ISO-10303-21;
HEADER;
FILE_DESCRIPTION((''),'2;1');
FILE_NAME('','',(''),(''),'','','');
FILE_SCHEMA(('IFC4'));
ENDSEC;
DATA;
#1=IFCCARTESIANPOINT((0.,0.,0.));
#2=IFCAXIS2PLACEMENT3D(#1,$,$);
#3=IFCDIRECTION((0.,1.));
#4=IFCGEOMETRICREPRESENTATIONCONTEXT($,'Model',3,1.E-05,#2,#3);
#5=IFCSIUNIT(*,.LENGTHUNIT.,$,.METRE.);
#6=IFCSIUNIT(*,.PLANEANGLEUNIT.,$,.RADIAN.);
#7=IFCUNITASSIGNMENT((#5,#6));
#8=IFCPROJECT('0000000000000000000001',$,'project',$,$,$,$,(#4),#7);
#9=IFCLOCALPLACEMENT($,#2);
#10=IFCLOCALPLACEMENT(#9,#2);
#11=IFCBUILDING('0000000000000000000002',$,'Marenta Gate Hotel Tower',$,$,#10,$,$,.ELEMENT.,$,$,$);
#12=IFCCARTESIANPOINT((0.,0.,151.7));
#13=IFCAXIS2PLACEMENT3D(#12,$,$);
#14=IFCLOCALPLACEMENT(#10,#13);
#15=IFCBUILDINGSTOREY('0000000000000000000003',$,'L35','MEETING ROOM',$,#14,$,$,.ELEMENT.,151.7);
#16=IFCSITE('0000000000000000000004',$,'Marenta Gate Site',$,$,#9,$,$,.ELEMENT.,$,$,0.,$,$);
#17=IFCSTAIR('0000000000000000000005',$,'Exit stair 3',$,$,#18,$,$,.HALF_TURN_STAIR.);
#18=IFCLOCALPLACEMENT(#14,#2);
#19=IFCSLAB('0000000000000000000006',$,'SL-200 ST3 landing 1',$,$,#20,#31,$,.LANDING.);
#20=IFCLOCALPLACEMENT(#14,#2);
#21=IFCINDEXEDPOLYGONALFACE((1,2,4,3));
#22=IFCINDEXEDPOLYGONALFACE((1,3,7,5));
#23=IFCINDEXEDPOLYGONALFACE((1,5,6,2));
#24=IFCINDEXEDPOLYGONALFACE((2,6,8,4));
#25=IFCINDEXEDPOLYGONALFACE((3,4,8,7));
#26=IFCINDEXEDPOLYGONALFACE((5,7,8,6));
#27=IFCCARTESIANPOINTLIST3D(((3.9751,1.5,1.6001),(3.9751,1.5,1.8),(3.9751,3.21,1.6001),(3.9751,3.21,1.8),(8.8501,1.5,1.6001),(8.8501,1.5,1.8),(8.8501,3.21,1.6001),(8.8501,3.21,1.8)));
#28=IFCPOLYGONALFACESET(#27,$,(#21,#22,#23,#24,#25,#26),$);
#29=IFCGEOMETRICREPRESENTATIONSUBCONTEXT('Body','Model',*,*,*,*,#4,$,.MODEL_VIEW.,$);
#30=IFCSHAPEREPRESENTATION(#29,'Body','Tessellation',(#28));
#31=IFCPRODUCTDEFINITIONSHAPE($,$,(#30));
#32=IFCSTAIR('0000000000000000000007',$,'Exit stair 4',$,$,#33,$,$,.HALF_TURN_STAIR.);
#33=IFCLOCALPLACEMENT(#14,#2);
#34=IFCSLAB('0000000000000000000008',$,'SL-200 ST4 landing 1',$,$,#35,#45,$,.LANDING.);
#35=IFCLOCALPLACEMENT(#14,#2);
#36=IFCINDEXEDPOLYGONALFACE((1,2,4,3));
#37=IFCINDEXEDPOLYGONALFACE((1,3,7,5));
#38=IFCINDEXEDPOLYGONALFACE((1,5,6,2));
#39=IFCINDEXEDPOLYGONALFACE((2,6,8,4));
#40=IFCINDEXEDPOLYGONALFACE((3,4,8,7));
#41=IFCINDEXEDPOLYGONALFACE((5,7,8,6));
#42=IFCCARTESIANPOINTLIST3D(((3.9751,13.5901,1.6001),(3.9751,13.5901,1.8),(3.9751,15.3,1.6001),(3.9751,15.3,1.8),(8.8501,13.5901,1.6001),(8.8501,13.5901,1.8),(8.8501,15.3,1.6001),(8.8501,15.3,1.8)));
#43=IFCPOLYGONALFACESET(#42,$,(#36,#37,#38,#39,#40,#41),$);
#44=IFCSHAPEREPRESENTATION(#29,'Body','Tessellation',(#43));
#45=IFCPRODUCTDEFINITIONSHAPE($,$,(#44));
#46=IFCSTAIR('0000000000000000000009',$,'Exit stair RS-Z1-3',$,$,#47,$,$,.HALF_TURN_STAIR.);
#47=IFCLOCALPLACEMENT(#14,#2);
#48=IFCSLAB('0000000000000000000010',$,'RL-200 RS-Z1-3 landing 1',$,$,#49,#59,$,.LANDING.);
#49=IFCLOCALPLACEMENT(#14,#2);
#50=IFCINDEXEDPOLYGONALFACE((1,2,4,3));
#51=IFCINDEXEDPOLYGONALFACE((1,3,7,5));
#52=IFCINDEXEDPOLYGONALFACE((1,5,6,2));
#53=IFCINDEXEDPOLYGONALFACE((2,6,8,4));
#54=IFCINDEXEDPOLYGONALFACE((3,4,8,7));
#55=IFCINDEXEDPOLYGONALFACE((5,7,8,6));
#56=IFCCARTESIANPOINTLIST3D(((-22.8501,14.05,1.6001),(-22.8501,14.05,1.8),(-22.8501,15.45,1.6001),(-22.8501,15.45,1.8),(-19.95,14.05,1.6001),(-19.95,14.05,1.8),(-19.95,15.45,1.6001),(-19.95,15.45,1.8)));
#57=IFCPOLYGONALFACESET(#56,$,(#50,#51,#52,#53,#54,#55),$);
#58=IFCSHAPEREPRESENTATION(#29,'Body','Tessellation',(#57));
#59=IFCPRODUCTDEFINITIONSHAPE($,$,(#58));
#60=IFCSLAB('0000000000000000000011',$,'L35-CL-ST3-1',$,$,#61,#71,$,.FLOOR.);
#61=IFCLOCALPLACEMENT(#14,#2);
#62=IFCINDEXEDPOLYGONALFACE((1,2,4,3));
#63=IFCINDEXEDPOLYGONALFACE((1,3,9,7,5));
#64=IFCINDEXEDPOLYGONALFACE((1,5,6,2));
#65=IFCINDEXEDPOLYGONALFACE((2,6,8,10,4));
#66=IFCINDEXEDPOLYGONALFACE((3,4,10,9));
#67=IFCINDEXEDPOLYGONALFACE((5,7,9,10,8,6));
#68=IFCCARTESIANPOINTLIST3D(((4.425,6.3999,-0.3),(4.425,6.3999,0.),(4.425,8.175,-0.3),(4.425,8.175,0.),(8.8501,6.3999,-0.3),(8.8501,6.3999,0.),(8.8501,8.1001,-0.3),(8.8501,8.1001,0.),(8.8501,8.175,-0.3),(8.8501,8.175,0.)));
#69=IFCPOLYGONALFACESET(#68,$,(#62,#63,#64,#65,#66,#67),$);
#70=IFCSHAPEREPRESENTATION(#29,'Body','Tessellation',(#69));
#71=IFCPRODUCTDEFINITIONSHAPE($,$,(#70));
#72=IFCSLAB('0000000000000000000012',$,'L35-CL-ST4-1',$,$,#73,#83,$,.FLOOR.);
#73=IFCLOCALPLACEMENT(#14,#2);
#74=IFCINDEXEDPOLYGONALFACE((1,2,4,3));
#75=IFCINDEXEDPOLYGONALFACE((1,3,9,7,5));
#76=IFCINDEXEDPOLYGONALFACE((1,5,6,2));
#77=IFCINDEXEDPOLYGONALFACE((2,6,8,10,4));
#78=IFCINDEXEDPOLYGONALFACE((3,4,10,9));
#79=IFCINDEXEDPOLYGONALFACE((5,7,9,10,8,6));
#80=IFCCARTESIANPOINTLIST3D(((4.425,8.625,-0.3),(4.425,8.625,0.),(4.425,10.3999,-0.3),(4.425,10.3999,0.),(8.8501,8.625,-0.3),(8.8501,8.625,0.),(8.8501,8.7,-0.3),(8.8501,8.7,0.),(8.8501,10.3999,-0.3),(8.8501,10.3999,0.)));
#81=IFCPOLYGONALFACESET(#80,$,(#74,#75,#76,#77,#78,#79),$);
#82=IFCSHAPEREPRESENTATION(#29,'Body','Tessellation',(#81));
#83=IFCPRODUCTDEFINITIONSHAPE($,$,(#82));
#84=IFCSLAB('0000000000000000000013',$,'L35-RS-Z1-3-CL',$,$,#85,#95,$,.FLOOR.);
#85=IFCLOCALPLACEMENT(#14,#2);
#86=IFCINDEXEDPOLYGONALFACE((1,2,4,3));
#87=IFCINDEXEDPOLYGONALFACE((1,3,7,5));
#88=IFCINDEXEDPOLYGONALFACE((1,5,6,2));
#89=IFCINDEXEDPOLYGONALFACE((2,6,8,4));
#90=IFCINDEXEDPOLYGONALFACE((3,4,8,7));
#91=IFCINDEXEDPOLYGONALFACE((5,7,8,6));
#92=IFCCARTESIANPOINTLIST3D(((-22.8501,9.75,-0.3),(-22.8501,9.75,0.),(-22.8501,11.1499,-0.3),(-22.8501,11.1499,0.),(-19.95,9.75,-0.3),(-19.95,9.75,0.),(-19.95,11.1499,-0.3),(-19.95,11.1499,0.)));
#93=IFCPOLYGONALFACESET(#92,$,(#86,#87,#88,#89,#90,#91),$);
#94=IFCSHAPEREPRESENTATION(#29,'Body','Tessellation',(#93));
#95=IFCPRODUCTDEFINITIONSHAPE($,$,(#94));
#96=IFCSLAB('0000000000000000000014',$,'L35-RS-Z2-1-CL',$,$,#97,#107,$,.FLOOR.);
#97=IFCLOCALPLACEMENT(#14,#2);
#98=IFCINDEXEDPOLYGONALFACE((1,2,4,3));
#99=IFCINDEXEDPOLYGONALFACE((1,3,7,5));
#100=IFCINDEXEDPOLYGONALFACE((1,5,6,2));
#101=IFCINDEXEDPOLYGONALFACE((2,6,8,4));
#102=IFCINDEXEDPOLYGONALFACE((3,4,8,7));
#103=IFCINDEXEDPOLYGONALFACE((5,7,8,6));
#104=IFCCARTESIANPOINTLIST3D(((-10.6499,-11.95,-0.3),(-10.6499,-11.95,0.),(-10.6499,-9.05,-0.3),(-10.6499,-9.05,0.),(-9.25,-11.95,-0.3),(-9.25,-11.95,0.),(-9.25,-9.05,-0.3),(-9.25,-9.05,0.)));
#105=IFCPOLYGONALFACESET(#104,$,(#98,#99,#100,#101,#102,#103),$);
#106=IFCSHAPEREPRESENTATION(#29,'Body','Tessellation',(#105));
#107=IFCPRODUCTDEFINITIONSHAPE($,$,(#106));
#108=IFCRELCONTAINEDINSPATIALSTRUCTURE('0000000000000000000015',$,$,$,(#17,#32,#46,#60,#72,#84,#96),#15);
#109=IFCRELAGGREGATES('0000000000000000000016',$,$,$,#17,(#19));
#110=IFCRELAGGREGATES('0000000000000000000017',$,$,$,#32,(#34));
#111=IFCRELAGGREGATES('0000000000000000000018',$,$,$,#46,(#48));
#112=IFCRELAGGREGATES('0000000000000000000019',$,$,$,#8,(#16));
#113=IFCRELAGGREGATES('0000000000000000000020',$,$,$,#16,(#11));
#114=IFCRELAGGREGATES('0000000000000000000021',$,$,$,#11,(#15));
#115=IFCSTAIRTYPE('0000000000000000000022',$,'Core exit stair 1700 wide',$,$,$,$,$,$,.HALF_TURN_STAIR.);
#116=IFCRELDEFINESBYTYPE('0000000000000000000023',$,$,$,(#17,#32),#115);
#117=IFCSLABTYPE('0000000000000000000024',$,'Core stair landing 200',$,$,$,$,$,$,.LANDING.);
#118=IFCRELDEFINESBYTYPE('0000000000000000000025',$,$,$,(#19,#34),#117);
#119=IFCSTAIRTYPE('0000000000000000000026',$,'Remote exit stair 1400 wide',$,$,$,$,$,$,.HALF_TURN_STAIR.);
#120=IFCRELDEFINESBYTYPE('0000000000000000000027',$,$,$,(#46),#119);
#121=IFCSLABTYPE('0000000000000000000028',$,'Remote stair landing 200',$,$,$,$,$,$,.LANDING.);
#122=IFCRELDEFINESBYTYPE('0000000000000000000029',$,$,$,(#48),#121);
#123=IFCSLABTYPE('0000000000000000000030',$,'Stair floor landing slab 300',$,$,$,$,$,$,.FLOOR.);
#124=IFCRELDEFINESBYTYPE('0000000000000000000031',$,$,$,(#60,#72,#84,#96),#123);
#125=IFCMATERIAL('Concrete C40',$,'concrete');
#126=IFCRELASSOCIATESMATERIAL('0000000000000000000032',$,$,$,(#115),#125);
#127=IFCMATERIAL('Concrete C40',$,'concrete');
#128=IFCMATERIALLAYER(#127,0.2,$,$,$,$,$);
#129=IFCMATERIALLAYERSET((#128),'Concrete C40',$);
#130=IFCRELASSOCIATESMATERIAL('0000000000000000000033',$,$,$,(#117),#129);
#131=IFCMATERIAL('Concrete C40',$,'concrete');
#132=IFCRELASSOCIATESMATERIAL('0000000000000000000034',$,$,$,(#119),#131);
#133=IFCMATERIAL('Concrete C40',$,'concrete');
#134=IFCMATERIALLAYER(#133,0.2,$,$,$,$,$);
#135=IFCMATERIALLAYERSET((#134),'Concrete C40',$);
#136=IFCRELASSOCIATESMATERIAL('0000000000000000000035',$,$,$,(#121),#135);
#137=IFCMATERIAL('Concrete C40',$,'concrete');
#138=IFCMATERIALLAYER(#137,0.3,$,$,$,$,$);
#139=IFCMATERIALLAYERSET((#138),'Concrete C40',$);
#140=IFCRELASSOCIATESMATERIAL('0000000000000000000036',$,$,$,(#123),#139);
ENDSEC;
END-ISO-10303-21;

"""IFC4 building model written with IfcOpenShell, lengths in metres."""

from ifc_helpers import new_model, si_unit, direction, frame, origin, place, context, subcontext, project, spatial, polyline, outline, extrude, material, layer, layer_set, type_object, element, aggregate, save


model = new_model("IFC4")

# Units and contexts
model_context = context("Model", 3, precision=1e-05, world=origin(), true_north=direction((0.0, 1.0)))
body_context = subcontext(model_context, "Body", "Model", "MODEL_VIEW")
ifc_project = project(units=[si_unit("LENGTHUNIT", "METRE"), si_unit("PLANEANGLEUNIT", "RADIAN")], contexts=[model_context])

# Site, building, storey
site_placement = place(None, origin())
site = spatial("IfcSite", under=ifc_project, at=site_placement, Name="Marenta Gate Site", CompositionType="ELEMENT", RefElevation=0.0)
building_placement = place(site_placement, origin())
building = spatial("IfcBuilding", under=site, at=building_placement, Name="Marenta Gate Hotel Tower", CompositionType="ELEMENT")
storey_placement = place(building_placement, frame((0.0, 0.0, 151.7)))
storey = spatial("IfcBuildingStorey", under=building, at=storey_placement, Name="L35", Description="MEETING ROOM", CompositionType="ELEMENT", Elevation=151.7)

# Stairs, slabs
ifc_material_1 = material(Name="Concrete C40", Category="concrete")
stair_type_1 = type_object("IfcStairType", Name="Core exit stair 1700 wide", PredefinedType="HALF_TURN_STAIR", material=ifc_material_1)
ifc_material_2 = material(Name="Concrete C40", Category="concrete")
ifc_layer_1 = layer(ifc_material_2, 0.2)
ifc_layer_set_1 = layer_set([ifc_layer_1], Name="Concrete C40")
slab_type_1 = type_object("IfcSlabType", Name="Core stair landing 200", PredefinedType="LANDING", material=ifc_layer_set_1)
stair_1_placement = place(storey_placement, origin())
stair_1 = element("IfcStair", 1, at=stair_1_placement, inside=storey, type_object=stair_type_1, Name="Exit stair 3", PredefinedType="HALF_TURN_STAIR")
slab_1_placement = place(storey_placement, frame((0.0, 0.0, 1.6001)))
slab_1 = element("IfcSlab", 2, at=slab_1_placement, type_object=slab_type_1, Name="SL-200 ST3 landing 1", PredefinedType="LANDING", context=body_context, shape_type="SweptSolid", body=[
    extrude(outline(polyline([(3.9751, 1.5), (8.8501, 1.5), (8.8501, 3.21), (3.9751, 3.21), (3.9751, 1.5)])), origin(), (0.0, 0.0, 1.0), 0.2),
])
aggregate(stair_1, [slab_1])
stair_2_placement = place(storey_placement, origin())
stair_2 = element("IfcStair", 3, at=stair_2_placement, inside=storey, type_object=stair_type_1, Name="Exit stair 4", PredefinedType="HALF_TURN_STAIR")
slab_2_placement = place(storey_placement, frame((0.0, 0.0, 1.6001)))
slab_2 = element("IfcSlab", 4, at=slab_2_placement, type_object=slab_type_1, Name="SL-200 ST4 landing 1", PredefinedType="LANDING", context=body_context, shape_type="SweptSolid", body=[
    extrude(outline(polyline([(3.9751, 13.5901), (8.8501, 13.5901), (8.8501, 15.3), (3.9751, 15.3), (3.9751, 13.5901)])), origin(), (0.0, 0.0, 1.0), 0.2),
])
aggregate(stair_2, [slab_2])
ifc_material_3 = material(Name="Concrete C40", Category="concrete")
stair_type_2 = type_object("IfcStairType", Name="Remote exit stair 1400 wide", PredefinedType="HALF_TURN_STAIR", material=ifc_material_3)
stair_3_placement = place(storey_placement, origin())
stair_3 = element("IfcStair", 5, at=stair_3_placement, inside=storey, type_object=stair_type_2, Name="Exit stair RS-Z1-3", PredefinedType="HALF_TURN_STAIR")
ifc_material_4 = material(Name="Concrete C40", Category="concrete")
ifc_layer_2 = layer(ifc_material_4, 0.2)
ifc_layer_set_2 = layer_set([ifc_layer_2], Name="Concrete C40")
slab_type_2 = type_object("IfcSlabType", Name="Remote stair landing 200", PredefinedType="LANDING", material=ifc_layer_set_2)
slab_3_placement = place(storey_placement, frame((0.0, 0.0, 1.6001)))
slab_3 = element("IfcSlab", 6, at=slab_3_placement, type_object=slab_type_2, Name="RL-200 RS-Z1-3 landing 1", PredefinedType="LANDING", context=body_context, shape_type="SweptSolid", body=[
    extrude(outline(polyline([(-22.8501, 14.05), (-19.95, 14.05), (-19.95, 15.45), (-22.8501, 15.45), (-22.8501, 14.05)])), origin(), (0.0, 0.0, 1.0), 0.2),
])
aggregate(stair_3, [slab_3])

# Slabs
ifc_material_5 = material(Name="Concrete C40", Category="concrete")
ifc_layer_3 = layer(ifc_material_5, 0.3)
ifc_layer_set_3 = layer_set([ifc_layer_3], Name="Concrete C40")
slab_type_3 = type_object("IfcSlabType", Name="Stair floor landing slab 300", PredefinedType="FLOOR", material=ifc_layer_set_3)
slab_4_placement = place(storey_placement, frame((0.0, 0.0, -0.3)))
element("IfcSlab", 7, at=slab_4_placement, inside=storey, type_object=slab_type_3, Name="L35-CL-ST3-1", PredefinedType="FLOOR", context=body_context, shape_type="SweptSolid", body=[
    extrude(outline(polyline([(4.425, 6.3999), (4.425, 8.175), (8.8501, 8.175), (8.8501, 8.1001), (8.8501, 6.3999), (4.425, 6.3999)])), origin(), (0.0, 0.0, 1.0), 0.3),
])
slab_5_placement = place(storey_placement, frame((0.0, 0.0, -0.3)))
element("IfcSlab", 8, at=slab_5_placement, inside=storey, type_object=slab_type_3, Name="L35-CL-ST4-1", PredefinedType="FLOOR", context=body_context, shape_type="SweptSolid", body=[
    extrude(outline(polyline([(4.425, 8.625), (4.425, 10.3999), (8.8501, 10.3999), (8.8501, 8.7), (8.8501, 8.625), (4.425, 8.625)])), origin(), (0.0, 0.0, 1.0), 0.3),
])
slab_6_placement = place(storey_placement, frame((0.0, 0.0, -0.3)))
element("IfcSlab", 9, at=slab_6_placement, inside=storey, type_object=slab_type_3, Name="L35-RS-Z1-3-CL", PredefinedType="FLOOR", context=body_context, shape_type="SweptSolid", body=[
    extrude(outline(polyline([(-19.95, 9.75), (-19.95, 11.1499), (-22.8501, 11.1499), (-22.8501, 9.75), (-19.95, 9.75)])), origin(), (0.0, 0.0, 1.0), 0.3),
])
slab_7_placement = place(storey_placement, frame((0.0, 0.0, -0.3)))
element("IfcSlab", 10, at=slab_7_placement, inside=storey, type_object=slab_type_3, Name="L35-RS-Z2-1-CL", PredefinedType="FLOOR", context=body_context, shape_type="SweptSolid", body=[
    extrude(outline(polyline([(-9.25, -11.95), (-9.25, -9.05), (-10.6499, -9.05), (-10.6499, -11.95), (-9.25, -11.95)])), origin(), (0.0, 0.0, 1.0), 0.3),
])

save(model, "model.ifc")
